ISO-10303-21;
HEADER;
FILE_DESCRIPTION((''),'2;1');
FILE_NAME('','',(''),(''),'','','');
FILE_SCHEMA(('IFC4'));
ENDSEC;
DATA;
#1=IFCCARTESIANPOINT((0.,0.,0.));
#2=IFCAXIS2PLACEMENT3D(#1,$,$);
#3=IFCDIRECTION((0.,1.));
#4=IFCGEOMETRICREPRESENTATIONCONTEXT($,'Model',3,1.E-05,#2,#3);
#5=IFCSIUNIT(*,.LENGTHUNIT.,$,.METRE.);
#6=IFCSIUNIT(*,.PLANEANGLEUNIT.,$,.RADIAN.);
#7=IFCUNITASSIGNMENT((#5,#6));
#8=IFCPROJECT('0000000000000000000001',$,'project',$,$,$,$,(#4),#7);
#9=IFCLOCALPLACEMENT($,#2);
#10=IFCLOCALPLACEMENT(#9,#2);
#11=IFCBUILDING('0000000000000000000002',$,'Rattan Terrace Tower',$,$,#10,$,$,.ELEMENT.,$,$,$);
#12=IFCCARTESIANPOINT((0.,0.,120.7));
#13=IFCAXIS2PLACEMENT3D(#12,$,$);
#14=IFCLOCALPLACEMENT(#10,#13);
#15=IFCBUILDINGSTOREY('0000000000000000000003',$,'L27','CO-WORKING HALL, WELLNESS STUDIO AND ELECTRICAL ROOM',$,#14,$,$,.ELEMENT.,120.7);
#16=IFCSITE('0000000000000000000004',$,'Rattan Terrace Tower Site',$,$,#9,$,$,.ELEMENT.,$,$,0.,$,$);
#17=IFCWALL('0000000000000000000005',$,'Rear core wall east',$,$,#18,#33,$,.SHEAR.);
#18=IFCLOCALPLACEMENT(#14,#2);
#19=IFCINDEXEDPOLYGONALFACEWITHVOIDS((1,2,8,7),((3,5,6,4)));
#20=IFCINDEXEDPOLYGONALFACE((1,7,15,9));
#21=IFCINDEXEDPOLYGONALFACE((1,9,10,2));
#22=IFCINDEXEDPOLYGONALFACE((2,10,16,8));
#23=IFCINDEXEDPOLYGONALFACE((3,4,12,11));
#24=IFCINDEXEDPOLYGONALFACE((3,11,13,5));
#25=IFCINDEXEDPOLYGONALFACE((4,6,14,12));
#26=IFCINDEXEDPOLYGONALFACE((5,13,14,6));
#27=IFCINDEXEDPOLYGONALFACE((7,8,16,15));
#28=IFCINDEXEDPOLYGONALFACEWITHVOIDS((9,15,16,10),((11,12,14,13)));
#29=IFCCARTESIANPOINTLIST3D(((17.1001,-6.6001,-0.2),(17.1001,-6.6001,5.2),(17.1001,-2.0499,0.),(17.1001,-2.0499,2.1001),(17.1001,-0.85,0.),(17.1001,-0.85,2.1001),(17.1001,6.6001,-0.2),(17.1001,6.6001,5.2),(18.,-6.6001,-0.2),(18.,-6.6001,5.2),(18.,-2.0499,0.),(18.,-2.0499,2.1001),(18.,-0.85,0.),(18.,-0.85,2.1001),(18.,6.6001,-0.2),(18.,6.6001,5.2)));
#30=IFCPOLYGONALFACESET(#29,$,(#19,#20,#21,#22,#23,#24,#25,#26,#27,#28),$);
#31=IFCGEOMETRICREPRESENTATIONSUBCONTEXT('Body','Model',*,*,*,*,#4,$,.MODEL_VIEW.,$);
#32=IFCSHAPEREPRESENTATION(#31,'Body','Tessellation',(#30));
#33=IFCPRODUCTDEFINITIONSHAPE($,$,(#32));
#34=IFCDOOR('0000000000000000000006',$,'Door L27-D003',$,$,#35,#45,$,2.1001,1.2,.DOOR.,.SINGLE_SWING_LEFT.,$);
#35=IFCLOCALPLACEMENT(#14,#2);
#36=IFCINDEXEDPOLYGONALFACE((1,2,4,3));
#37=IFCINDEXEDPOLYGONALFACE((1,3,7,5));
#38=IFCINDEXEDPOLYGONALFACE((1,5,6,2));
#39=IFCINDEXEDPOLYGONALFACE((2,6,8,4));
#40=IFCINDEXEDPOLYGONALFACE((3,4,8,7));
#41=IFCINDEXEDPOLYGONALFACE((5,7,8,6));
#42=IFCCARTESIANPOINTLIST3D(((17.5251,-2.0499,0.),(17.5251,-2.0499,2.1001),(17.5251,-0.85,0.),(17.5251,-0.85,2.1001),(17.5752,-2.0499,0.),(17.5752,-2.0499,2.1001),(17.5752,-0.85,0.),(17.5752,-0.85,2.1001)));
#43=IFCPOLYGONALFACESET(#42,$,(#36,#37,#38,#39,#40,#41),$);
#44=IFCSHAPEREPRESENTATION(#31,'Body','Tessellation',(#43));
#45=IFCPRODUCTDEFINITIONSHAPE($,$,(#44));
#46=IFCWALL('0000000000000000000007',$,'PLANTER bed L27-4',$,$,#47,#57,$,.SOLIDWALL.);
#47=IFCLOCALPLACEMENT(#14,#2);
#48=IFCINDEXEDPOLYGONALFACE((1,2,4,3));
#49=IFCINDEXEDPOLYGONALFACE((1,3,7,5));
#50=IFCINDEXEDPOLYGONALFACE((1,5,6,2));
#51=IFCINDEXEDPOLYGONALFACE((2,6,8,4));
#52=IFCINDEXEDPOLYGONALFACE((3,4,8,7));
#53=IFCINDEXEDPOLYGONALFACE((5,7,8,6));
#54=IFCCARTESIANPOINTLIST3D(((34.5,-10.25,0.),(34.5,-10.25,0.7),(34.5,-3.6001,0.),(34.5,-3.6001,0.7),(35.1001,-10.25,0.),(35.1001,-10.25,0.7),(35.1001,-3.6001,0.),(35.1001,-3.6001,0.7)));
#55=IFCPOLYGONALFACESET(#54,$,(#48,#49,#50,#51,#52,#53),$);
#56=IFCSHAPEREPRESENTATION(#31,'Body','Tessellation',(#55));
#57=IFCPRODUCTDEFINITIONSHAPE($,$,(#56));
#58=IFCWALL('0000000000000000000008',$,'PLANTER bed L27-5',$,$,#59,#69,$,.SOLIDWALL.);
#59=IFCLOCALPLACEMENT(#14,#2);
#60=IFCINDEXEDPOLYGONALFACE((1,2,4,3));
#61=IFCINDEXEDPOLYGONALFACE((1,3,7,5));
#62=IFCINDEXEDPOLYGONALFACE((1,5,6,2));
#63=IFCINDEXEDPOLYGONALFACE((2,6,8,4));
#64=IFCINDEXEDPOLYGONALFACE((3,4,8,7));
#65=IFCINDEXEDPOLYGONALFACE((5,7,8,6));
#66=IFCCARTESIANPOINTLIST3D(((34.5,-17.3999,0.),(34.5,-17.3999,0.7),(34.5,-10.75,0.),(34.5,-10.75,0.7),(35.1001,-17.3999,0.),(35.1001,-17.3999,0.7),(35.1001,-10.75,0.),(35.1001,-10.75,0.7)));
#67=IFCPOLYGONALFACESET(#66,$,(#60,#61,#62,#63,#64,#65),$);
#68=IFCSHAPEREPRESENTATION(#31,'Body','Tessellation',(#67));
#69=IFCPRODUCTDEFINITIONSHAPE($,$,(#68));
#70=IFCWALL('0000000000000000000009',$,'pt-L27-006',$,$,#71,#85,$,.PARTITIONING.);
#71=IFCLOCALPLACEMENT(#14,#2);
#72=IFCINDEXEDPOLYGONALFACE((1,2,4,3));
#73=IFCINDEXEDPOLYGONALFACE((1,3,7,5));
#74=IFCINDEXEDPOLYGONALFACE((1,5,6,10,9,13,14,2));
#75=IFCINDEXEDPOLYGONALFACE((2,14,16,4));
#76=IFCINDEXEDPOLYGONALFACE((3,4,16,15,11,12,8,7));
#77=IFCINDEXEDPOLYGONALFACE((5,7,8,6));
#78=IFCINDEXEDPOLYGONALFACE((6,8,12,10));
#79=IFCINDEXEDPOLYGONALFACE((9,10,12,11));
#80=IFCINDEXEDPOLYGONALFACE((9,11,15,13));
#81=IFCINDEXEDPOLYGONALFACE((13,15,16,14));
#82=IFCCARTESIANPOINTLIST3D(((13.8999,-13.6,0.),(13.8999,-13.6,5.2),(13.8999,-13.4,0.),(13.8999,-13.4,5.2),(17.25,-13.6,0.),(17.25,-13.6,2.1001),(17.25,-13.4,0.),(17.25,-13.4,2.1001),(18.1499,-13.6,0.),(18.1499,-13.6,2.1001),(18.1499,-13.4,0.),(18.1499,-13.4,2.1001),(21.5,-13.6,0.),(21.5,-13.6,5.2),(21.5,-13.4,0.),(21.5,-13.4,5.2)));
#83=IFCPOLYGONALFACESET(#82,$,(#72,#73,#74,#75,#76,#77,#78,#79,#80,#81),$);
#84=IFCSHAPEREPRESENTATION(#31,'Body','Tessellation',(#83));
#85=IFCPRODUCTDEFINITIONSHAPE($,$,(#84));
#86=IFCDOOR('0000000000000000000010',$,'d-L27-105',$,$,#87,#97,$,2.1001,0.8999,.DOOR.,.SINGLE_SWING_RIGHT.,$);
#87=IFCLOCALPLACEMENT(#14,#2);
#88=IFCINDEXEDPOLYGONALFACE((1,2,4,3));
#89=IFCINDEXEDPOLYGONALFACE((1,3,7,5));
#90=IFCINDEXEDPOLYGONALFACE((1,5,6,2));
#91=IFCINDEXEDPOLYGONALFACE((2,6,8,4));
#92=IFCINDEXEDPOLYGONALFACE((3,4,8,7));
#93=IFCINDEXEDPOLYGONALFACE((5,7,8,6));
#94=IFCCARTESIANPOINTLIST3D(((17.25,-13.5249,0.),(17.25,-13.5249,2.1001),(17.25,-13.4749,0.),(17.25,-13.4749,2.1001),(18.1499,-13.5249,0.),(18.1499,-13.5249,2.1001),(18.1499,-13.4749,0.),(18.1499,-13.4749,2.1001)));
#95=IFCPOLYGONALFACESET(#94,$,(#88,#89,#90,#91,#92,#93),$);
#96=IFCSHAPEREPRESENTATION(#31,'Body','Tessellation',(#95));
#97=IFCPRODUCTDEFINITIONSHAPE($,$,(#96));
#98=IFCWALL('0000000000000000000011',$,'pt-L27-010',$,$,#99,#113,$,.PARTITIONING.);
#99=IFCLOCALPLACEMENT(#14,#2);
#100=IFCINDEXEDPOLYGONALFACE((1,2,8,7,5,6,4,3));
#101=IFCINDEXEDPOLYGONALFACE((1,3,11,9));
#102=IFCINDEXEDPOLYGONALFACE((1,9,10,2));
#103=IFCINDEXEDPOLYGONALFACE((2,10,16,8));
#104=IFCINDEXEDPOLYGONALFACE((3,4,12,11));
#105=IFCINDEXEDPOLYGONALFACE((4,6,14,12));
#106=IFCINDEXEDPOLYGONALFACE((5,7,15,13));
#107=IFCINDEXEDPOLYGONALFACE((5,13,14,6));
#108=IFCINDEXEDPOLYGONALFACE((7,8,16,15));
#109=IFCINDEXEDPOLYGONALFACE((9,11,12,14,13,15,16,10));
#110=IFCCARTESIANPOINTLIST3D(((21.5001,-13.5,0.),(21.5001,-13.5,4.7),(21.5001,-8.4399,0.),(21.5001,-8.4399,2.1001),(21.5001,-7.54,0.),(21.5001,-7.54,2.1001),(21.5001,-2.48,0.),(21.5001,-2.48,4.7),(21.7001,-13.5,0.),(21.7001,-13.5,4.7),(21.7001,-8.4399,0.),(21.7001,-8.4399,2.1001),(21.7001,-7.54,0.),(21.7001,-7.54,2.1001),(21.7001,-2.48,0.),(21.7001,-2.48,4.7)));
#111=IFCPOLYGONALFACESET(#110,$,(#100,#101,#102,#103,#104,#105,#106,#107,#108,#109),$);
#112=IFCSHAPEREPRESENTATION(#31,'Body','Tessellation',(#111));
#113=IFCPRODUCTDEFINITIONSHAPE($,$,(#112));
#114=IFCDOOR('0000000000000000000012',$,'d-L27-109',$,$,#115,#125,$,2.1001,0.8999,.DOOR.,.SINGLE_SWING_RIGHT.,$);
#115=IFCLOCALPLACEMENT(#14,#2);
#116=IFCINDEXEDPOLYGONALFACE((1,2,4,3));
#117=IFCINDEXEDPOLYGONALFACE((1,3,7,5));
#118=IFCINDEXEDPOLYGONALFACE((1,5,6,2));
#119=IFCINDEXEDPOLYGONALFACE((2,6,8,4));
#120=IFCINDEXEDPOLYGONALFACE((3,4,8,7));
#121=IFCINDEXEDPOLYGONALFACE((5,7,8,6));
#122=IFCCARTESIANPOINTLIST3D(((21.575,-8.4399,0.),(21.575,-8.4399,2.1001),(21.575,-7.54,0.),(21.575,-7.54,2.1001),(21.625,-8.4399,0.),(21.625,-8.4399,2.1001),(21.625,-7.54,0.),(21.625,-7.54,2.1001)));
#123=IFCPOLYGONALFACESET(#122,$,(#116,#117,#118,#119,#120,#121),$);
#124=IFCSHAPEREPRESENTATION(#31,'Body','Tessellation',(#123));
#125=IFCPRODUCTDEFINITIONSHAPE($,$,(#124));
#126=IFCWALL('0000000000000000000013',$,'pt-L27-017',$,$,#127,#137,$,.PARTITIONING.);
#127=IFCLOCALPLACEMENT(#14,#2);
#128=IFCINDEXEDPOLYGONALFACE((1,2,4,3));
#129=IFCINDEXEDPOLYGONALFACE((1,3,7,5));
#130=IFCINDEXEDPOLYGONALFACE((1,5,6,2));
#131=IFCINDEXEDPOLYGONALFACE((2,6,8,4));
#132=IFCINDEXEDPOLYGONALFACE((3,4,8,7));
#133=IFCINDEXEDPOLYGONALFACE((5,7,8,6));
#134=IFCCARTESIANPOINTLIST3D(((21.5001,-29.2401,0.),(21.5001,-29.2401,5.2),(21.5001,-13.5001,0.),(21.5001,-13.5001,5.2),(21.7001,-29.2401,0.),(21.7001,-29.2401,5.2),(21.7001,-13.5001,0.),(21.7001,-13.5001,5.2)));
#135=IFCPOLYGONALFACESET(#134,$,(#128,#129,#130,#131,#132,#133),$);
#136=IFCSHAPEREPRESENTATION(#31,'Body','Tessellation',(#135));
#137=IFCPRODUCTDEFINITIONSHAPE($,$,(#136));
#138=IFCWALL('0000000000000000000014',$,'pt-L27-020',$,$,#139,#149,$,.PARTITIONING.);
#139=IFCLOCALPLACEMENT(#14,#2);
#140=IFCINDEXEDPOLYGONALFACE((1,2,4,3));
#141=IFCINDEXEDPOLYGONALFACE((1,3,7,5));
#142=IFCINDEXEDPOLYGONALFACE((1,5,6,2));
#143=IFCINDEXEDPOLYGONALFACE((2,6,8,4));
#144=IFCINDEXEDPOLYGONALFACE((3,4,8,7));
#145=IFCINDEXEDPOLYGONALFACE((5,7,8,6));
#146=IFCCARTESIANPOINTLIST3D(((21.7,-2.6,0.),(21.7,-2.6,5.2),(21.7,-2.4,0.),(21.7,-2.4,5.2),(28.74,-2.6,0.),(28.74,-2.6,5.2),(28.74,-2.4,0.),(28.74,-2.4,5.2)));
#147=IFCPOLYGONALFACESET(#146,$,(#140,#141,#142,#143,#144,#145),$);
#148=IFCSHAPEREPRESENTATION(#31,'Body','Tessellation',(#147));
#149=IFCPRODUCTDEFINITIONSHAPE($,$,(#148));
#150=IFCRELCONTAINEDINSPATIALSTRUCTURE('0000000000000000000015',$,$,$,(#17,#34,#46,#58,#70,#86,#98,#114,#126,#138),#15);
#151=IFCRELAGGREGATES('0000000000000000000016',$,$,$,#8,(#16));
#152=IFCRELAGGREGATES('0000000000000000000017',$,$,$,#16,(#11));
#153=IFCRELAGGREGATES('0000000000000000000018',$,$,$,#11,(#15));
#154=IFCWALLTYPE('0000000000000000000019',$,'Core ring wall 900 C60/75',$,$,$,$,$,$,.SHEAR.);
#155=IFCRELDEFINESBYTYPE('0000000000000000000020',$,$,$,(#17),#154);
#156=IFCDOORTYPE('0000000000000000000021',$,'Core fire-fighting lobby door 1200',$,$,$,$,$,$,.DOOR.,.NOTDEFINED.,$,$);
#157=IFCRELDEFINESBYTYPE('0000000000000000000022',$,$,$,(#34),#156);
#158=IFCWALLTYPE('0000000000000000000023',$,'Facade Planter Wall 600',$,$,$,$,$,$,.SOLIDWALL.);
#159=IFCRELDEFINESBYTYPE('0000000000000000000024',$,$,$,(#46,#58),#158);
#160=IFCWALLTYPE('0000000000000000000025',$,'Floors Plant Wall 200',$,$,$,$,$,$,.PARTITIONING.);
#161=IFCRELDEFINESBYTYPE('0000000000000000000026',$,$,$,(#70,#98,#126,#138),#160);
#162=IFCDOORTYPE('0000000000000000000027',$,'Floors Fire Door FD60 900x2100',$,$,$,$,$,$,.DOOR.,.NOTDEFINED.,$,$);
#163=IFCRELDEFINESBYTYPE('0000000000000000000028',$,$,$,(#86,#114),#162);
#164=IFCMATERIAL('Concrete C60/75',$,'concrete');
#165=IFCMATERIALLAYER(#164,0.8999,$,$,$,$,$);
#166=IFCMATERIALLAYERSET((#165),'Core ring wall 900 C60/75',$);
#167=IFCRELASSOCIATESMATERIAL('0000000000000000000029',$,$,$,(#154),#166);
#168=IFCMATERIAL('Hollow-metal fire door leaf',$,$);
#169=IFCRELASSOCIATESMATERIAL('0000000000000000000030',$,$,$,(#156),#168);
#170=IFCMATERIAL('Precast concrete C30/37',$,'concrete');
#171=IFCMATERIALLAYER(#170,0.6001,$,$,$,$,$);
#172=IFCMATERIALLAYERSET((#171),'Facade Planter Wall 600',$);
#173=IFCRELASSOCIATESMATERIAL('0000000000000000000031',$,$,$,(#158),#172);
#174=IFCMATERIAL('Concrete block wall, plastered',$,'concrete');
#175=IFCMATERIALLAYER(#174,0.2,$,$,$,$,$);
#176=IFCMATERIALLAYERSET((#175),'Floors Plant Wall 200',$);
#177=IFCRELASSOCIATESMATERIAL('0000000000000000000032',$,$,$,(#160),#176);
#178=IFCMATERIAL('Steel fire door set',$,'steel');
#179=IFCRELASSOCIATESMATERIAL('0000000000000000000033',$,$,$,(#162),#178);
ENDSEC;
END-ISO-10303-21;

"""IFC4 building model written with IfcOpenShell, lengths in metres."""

from ifc_helpers import new_model, si_unit, direction, frame, frame_2d, origin, place, context, subcontext, project, spatial, rectangle, extrude, material, layer, layer_set, type_object, element, fill, save


model = new_model("IFC4")

# Units and contexts
model_context = context("Model", 3, precision=1e-05, world=origin(), true_north=direction((0.0, 1.0)))
body_context = subcontext(model_context, "Body", "Model", "MODEL_VIEW")
ifc_project = project(units=[si_unit("LENGTHUNIT", "METRE"), si_unit("PLANEANGLEUNIT", "RADIAN")], contexts=[model_context])

# Site, building, storey
site_placement = place(None, origin())
site = spatial("IfcSite", under=ifc_project, at=site_placement, Name="Rattan Terrace Tower Site", CompositionType="ELEMENT", RefElevation=0.0)
building_placement = place(site_placement, origin())
building = spatial("IfcBuilding", under=site, at=building_placement, Name="Rattan Terrace Tower", CompositionType="ELEMENT")
storey_placement = place(building_placement, frame((0.0, 0.0, 120.7)))
storey = spatial("IfcBuildingStorey", under=building, at=storey_placement, Name="L27", Description="CO-WORKING HALL, WELLNESS STUDIO AND ELECTRICAL ROOM", CompositionType="ELEMENT", Elevation=120.7)

# Wall, opening, door
ifc_material_1 = material(Name="Concrete C60/75", Category="concrete")
ifc_layer_1 = layer(ifc_material_1, 0.8999)
ifc_layer_set_1 = layer_set([ifc_layer_1], Name="Core ring wall 900 C60/75")
wall_type_1 = type_object("IfcWallType", Name="Core ring wall 900 C60/75", PredefinedType="SHEAR", material=ifc_layer_set_1)
wall_1_placement = place(storey_placement, frame((17.55, -6.6001, -0.2), z_axis=(0.0, 0.0, 1.0), x_axis=(0.0, 1.0, 0.0)))
wall_1 = element("IfcWall", 1, at=wall_1_placement, inside=storey, type_object=wall_type_1, Name="Rear core wall east", PredefinedType="SHEAR", context=body_context, shape_type="SweptSolid", body=[
    extrude(rectangle(XDim=13.2002, YDim=0.8999, at=frame_2d((6.6001, 0.0))), origin(), (0.0, 0.0, 1.0), 5.3999),
])
opening_1_placement = place(wall_1_placement, frame((4.55, 0.0, 0.2)))
opening_1 = element("IfcOpeningElement", 2, at=opening_1_placement, cuts=wall_1, PredefinedType="OPENING", context=body_context, shape_type="SweptSolid", body=[
    extrude(rectangle(XDim=1.2, YDim=2.1001, at=frame_2d((0.6001, 1.05))), frame((0.0, 0.4604, 0.0), z_axis=(0.0, -1.0, 0.0), x_axis=(1.0, 0.0, 0.0)), (0.0, 0.0, 1.0), 0.9209),
])
ifc_material_2 = material(Name="Hollow-metal fire door leaf")
door_type_1 = type_object("IfcDoorType", Name="Core fire-fighting lobby door 1200", OperationType="NOTDEFINED", PredefinedType="DOOR", material=ifc_material_2)
door_1_placement = place(opening_1_placement, origin())
door_1 = element("IfcDoor", 3, at=door_1_placement, inside=storey, type_object=door_type_1, Name="Door L27-D003", OperationType="SINGLE_SWING_LEFT", OverallHeight=2.1001, OverallWidth=1.2, PredefinedType="DOOR", context=body_context, shape_type="SweptSolid", body=[
    extrude(rectangle(XDim=1.2, YDim=2.1001, at=frame_2d((0.6001, 1.05))), frame((0.0, 0.0249, 0.0), z_axis=(0.0, -1.0, 0.0), x_axis=(1.0, 0.0, 0.0)), (0.0, 0.0, 1.0), 0.05),
])
fill(opening_1, door_1)

# Walls
ifc_material_3 = material(Name="Precast concrete C30/37", Category="concrete")
ifc_layer_2 = layer(ifc_material_3, 0.6001)
ifc_layer_set_2 = layer_set([ifc_layer_2], Name="Facade Planter Wall 600")
wall_type_2 = type_object("IfcWallType", Name="Facade Planter Wall 600", PredefinedType="SOLIDWALL", material=ifc_layer_set_2)
for number, where, z_axis, x_axis, name in (
    (4, (34.8, -3.6001, 0.0), (0.0, 0.0, 1.0), (0.0, -1.0, 0.0), "PLANTER bed L27-4"),
    (5, (34.8, -10.75, 0.0), (0.0, 0.0, 1.0), (0.0, -1.0, 0.0), "PLANTER bed L27-5"),
):
    element("IfcWall", number, at=place(storey_placement, frame(where, z_axis=z_axis, x_axis=x_axis)), inside=storey, type_object=wall_type_2, Name=name, PredefinedType="SOLIDWALL", context=body_context, shape_type="SweptSolid", body=[
        extrude(rectangle(XDim=6.6499, YDim=0.6001, at=frame_2d((3.325, 0.0))), origin(), (0.0, 0.0, 1.0), 0.7),
    ])

# Walls, openings, doors
ifc_material_4 = material(Name="Concrete block wall, plastered", Category="concrete")
ifc_layer_3 = layer(ifc_material_4, 0.2)
ifc_layer_set_3 = layer_set([ifc_layer_3], Name="Floors Plant Wall 200")
wall_type_3 = type_object("IfcWallType", Name="Floors Plant Wall 200", PredefinedType="PARTITIONING", material=ifc_layer_set_3)
wall_2_placement = place(storey_placement, frame((21.5, -13.5, 0.0), z_axis=(0.0, 0.0, 1.0), x_axis=(-1.0, 0.0, 0.0)))
wall_2 = element("IfcWall", 6, at=wall_2_placement, inside=storey, type_object=wall_type_3, Name="pt-L27-006", PredefinedType="PARTITIONING", context=body_context, shape_type="SweptSolid", body=[
    extrude(rectangle(XDim=7.6001, YDim=0.2, at=frame_2d((3.8, 0.0))), origin(), (0.0, 0.0, 1.0), 5.2),
])
opening_2_placement = place(wall_2_placement, frame((3.3501, 0.0, 0.0)))
opening_2 = element("IfcOpeningElement", 7, at=opening_2_placement, cuts=wall_2, PredefinedType="OPENING", context=body_context, shape_type="SweptSolid", body=[
    extrude(rectangle(XDim=0.8999, YDim=2.1001, at=frame_2d((0.45, 1.05))), frame((0.0, 0.1106, 0.0), z_axis=(0.0, -1.0, 0.0), x_axis=(1.0, 0.0, 0.0)), (0.0, 0.0, 1.0), 0.2209),
])
ifc_material_5 = material(Name="Steel fire door set", Category="steel")
door_type_2 = type_object("IfcDoorType", Name="Floors Fire Door FD60 900x2100", OperationType="NOTDEFINED", PredefinedType="DOOR", material=ifc_material_5)
door_2_placement = place(opening_2_placement, origin())
door_2 = element("IfcDoor", 8, at=door_2_placement, inside=storey, type_object=door_type_2, Name="d-L27-105", OperationType="SINGLE_SWING_RIGHT", OverallHeight=2.1001, OverallWidth=0.8999, PredefinedType="DOOR", context=body_context, shape_type="SweptSolid", body=[
    extrude(rectangle(XDim=0.8999, YDim=2.1001, at=frame_2d((0.45, 1.05))), frame((0.0, 0.0249, 0.0), z_axis=(0.0, -1.0, 0.0), x_axis=(1.0, 0.0, 0.0)), (0.0, 0.0, 1.0), 0.05),
])
fill(opening_2, door_2)
wall_3_placement = place(storey_placement, frame((21.6001, -2.48, 0.0), z_axis=(0.0, 0.0, 1.0), x_axis=(0.0, -1.0, 0.0)))
wall_3 = element("IfcWall", 9, at=wall_3_placement, inside=storey, type_object=wall_type_3, Name="pt-L27-010", PredefinedType="PARTITIONING", context=body_context, shape_type="SweptSolid", body=[
    extrude(rectangle(XDim=11.02, YDim=0.2, at=frame_2d((5.51, 0.0))), origin(), (0.0, 0.0, 1.0), 4.7),
])
opening_3_placement = place(wall_3_placement, frame((5.0601, 0.0, 0.0)))
opening_3 = element("IfcOpeningElement", 10, at=opening_3_placement, cuts=wall_3, PredefinedType="OPENING", context=body_context, shape_type="SweptSolid", body=[
    extrude(rectangle(XDim=0.8999, YDim=2.1001, at=frame_2d((0.45, 1.05))), frame((0.0, 0.1106, 0.0), z_axis=(0.0, -1.0, 0.0), x_axis=(1.0, 0.0, 0.0)), (0.0, 0.0, 1.0), 0.2209),
])
door_3_placement = place(opening_3_placement, origin())
door_3 = element("IfcDoor", 11, at=door_3_placement, inside=storey, type_object=door_type_2, Name="d-L27-109", OperationType="SINGLE_SWING_RIGHT", OverallHeight=2.1001, OverallWidth=0.8999, PredefinedType="DOOR", context=body_context, shape_type="SweptSolid", body=[
    extrude(rectangle(XDim=0.8999, YDim=2.1001, at=frame_2d((0.45, 1.05))), frame((0.0, 0.0249, 0.0), z_axis=(0.0, -1.0, 0.0), x_axis=(1.0, 0.0, 0.0)), (0.0, 0.0, 1.0), 0.05),
])
fill(opening_3, door_3)

# Walls
wall_4_placement = place(storey_placement, frame((21.6001, -13.5, 0.0), z_axis=(0.0, 0.0, 1.0), x_axis=(0.0, -1.0, 0.0)))
element("IfcWall", 12, at=wall_4_placement, inside=storey, type_object=wall_type_3, Name="pt-L27-017", PredefinedType="PARTITIONING", context=body_context, shape_type="SweptSolid", body=[
    extrude(rectangle(XDim=15.74, YDim=0.2, at=frame_2d((7.8701, 0.0))), origin(), (0.0, 0.0, 1.0), 5.2),
])
wall_5_placement = place(storey_placement, frame((28.74, -2.5, 0.0), z_axis=(0.0, 0.0, 1.0), x_axis=(-1.0, 0.0, 0.0)))
element("IfcWall", 13, at=wall_5_placement, inside=storey, type_object=wall_type_3, Name="pt-L27-020", PredefinedType="PARTITIONING", context=body_context, shape_type="SweptSolid", body=[
    extrude(rectangle(XDim=7.04, YDim=0.2, at=frame_2d((3.52, 0.0))), origin(), (0.0, 0.0, 1.0), 5.2),
])

save(model, "model.ifc")
